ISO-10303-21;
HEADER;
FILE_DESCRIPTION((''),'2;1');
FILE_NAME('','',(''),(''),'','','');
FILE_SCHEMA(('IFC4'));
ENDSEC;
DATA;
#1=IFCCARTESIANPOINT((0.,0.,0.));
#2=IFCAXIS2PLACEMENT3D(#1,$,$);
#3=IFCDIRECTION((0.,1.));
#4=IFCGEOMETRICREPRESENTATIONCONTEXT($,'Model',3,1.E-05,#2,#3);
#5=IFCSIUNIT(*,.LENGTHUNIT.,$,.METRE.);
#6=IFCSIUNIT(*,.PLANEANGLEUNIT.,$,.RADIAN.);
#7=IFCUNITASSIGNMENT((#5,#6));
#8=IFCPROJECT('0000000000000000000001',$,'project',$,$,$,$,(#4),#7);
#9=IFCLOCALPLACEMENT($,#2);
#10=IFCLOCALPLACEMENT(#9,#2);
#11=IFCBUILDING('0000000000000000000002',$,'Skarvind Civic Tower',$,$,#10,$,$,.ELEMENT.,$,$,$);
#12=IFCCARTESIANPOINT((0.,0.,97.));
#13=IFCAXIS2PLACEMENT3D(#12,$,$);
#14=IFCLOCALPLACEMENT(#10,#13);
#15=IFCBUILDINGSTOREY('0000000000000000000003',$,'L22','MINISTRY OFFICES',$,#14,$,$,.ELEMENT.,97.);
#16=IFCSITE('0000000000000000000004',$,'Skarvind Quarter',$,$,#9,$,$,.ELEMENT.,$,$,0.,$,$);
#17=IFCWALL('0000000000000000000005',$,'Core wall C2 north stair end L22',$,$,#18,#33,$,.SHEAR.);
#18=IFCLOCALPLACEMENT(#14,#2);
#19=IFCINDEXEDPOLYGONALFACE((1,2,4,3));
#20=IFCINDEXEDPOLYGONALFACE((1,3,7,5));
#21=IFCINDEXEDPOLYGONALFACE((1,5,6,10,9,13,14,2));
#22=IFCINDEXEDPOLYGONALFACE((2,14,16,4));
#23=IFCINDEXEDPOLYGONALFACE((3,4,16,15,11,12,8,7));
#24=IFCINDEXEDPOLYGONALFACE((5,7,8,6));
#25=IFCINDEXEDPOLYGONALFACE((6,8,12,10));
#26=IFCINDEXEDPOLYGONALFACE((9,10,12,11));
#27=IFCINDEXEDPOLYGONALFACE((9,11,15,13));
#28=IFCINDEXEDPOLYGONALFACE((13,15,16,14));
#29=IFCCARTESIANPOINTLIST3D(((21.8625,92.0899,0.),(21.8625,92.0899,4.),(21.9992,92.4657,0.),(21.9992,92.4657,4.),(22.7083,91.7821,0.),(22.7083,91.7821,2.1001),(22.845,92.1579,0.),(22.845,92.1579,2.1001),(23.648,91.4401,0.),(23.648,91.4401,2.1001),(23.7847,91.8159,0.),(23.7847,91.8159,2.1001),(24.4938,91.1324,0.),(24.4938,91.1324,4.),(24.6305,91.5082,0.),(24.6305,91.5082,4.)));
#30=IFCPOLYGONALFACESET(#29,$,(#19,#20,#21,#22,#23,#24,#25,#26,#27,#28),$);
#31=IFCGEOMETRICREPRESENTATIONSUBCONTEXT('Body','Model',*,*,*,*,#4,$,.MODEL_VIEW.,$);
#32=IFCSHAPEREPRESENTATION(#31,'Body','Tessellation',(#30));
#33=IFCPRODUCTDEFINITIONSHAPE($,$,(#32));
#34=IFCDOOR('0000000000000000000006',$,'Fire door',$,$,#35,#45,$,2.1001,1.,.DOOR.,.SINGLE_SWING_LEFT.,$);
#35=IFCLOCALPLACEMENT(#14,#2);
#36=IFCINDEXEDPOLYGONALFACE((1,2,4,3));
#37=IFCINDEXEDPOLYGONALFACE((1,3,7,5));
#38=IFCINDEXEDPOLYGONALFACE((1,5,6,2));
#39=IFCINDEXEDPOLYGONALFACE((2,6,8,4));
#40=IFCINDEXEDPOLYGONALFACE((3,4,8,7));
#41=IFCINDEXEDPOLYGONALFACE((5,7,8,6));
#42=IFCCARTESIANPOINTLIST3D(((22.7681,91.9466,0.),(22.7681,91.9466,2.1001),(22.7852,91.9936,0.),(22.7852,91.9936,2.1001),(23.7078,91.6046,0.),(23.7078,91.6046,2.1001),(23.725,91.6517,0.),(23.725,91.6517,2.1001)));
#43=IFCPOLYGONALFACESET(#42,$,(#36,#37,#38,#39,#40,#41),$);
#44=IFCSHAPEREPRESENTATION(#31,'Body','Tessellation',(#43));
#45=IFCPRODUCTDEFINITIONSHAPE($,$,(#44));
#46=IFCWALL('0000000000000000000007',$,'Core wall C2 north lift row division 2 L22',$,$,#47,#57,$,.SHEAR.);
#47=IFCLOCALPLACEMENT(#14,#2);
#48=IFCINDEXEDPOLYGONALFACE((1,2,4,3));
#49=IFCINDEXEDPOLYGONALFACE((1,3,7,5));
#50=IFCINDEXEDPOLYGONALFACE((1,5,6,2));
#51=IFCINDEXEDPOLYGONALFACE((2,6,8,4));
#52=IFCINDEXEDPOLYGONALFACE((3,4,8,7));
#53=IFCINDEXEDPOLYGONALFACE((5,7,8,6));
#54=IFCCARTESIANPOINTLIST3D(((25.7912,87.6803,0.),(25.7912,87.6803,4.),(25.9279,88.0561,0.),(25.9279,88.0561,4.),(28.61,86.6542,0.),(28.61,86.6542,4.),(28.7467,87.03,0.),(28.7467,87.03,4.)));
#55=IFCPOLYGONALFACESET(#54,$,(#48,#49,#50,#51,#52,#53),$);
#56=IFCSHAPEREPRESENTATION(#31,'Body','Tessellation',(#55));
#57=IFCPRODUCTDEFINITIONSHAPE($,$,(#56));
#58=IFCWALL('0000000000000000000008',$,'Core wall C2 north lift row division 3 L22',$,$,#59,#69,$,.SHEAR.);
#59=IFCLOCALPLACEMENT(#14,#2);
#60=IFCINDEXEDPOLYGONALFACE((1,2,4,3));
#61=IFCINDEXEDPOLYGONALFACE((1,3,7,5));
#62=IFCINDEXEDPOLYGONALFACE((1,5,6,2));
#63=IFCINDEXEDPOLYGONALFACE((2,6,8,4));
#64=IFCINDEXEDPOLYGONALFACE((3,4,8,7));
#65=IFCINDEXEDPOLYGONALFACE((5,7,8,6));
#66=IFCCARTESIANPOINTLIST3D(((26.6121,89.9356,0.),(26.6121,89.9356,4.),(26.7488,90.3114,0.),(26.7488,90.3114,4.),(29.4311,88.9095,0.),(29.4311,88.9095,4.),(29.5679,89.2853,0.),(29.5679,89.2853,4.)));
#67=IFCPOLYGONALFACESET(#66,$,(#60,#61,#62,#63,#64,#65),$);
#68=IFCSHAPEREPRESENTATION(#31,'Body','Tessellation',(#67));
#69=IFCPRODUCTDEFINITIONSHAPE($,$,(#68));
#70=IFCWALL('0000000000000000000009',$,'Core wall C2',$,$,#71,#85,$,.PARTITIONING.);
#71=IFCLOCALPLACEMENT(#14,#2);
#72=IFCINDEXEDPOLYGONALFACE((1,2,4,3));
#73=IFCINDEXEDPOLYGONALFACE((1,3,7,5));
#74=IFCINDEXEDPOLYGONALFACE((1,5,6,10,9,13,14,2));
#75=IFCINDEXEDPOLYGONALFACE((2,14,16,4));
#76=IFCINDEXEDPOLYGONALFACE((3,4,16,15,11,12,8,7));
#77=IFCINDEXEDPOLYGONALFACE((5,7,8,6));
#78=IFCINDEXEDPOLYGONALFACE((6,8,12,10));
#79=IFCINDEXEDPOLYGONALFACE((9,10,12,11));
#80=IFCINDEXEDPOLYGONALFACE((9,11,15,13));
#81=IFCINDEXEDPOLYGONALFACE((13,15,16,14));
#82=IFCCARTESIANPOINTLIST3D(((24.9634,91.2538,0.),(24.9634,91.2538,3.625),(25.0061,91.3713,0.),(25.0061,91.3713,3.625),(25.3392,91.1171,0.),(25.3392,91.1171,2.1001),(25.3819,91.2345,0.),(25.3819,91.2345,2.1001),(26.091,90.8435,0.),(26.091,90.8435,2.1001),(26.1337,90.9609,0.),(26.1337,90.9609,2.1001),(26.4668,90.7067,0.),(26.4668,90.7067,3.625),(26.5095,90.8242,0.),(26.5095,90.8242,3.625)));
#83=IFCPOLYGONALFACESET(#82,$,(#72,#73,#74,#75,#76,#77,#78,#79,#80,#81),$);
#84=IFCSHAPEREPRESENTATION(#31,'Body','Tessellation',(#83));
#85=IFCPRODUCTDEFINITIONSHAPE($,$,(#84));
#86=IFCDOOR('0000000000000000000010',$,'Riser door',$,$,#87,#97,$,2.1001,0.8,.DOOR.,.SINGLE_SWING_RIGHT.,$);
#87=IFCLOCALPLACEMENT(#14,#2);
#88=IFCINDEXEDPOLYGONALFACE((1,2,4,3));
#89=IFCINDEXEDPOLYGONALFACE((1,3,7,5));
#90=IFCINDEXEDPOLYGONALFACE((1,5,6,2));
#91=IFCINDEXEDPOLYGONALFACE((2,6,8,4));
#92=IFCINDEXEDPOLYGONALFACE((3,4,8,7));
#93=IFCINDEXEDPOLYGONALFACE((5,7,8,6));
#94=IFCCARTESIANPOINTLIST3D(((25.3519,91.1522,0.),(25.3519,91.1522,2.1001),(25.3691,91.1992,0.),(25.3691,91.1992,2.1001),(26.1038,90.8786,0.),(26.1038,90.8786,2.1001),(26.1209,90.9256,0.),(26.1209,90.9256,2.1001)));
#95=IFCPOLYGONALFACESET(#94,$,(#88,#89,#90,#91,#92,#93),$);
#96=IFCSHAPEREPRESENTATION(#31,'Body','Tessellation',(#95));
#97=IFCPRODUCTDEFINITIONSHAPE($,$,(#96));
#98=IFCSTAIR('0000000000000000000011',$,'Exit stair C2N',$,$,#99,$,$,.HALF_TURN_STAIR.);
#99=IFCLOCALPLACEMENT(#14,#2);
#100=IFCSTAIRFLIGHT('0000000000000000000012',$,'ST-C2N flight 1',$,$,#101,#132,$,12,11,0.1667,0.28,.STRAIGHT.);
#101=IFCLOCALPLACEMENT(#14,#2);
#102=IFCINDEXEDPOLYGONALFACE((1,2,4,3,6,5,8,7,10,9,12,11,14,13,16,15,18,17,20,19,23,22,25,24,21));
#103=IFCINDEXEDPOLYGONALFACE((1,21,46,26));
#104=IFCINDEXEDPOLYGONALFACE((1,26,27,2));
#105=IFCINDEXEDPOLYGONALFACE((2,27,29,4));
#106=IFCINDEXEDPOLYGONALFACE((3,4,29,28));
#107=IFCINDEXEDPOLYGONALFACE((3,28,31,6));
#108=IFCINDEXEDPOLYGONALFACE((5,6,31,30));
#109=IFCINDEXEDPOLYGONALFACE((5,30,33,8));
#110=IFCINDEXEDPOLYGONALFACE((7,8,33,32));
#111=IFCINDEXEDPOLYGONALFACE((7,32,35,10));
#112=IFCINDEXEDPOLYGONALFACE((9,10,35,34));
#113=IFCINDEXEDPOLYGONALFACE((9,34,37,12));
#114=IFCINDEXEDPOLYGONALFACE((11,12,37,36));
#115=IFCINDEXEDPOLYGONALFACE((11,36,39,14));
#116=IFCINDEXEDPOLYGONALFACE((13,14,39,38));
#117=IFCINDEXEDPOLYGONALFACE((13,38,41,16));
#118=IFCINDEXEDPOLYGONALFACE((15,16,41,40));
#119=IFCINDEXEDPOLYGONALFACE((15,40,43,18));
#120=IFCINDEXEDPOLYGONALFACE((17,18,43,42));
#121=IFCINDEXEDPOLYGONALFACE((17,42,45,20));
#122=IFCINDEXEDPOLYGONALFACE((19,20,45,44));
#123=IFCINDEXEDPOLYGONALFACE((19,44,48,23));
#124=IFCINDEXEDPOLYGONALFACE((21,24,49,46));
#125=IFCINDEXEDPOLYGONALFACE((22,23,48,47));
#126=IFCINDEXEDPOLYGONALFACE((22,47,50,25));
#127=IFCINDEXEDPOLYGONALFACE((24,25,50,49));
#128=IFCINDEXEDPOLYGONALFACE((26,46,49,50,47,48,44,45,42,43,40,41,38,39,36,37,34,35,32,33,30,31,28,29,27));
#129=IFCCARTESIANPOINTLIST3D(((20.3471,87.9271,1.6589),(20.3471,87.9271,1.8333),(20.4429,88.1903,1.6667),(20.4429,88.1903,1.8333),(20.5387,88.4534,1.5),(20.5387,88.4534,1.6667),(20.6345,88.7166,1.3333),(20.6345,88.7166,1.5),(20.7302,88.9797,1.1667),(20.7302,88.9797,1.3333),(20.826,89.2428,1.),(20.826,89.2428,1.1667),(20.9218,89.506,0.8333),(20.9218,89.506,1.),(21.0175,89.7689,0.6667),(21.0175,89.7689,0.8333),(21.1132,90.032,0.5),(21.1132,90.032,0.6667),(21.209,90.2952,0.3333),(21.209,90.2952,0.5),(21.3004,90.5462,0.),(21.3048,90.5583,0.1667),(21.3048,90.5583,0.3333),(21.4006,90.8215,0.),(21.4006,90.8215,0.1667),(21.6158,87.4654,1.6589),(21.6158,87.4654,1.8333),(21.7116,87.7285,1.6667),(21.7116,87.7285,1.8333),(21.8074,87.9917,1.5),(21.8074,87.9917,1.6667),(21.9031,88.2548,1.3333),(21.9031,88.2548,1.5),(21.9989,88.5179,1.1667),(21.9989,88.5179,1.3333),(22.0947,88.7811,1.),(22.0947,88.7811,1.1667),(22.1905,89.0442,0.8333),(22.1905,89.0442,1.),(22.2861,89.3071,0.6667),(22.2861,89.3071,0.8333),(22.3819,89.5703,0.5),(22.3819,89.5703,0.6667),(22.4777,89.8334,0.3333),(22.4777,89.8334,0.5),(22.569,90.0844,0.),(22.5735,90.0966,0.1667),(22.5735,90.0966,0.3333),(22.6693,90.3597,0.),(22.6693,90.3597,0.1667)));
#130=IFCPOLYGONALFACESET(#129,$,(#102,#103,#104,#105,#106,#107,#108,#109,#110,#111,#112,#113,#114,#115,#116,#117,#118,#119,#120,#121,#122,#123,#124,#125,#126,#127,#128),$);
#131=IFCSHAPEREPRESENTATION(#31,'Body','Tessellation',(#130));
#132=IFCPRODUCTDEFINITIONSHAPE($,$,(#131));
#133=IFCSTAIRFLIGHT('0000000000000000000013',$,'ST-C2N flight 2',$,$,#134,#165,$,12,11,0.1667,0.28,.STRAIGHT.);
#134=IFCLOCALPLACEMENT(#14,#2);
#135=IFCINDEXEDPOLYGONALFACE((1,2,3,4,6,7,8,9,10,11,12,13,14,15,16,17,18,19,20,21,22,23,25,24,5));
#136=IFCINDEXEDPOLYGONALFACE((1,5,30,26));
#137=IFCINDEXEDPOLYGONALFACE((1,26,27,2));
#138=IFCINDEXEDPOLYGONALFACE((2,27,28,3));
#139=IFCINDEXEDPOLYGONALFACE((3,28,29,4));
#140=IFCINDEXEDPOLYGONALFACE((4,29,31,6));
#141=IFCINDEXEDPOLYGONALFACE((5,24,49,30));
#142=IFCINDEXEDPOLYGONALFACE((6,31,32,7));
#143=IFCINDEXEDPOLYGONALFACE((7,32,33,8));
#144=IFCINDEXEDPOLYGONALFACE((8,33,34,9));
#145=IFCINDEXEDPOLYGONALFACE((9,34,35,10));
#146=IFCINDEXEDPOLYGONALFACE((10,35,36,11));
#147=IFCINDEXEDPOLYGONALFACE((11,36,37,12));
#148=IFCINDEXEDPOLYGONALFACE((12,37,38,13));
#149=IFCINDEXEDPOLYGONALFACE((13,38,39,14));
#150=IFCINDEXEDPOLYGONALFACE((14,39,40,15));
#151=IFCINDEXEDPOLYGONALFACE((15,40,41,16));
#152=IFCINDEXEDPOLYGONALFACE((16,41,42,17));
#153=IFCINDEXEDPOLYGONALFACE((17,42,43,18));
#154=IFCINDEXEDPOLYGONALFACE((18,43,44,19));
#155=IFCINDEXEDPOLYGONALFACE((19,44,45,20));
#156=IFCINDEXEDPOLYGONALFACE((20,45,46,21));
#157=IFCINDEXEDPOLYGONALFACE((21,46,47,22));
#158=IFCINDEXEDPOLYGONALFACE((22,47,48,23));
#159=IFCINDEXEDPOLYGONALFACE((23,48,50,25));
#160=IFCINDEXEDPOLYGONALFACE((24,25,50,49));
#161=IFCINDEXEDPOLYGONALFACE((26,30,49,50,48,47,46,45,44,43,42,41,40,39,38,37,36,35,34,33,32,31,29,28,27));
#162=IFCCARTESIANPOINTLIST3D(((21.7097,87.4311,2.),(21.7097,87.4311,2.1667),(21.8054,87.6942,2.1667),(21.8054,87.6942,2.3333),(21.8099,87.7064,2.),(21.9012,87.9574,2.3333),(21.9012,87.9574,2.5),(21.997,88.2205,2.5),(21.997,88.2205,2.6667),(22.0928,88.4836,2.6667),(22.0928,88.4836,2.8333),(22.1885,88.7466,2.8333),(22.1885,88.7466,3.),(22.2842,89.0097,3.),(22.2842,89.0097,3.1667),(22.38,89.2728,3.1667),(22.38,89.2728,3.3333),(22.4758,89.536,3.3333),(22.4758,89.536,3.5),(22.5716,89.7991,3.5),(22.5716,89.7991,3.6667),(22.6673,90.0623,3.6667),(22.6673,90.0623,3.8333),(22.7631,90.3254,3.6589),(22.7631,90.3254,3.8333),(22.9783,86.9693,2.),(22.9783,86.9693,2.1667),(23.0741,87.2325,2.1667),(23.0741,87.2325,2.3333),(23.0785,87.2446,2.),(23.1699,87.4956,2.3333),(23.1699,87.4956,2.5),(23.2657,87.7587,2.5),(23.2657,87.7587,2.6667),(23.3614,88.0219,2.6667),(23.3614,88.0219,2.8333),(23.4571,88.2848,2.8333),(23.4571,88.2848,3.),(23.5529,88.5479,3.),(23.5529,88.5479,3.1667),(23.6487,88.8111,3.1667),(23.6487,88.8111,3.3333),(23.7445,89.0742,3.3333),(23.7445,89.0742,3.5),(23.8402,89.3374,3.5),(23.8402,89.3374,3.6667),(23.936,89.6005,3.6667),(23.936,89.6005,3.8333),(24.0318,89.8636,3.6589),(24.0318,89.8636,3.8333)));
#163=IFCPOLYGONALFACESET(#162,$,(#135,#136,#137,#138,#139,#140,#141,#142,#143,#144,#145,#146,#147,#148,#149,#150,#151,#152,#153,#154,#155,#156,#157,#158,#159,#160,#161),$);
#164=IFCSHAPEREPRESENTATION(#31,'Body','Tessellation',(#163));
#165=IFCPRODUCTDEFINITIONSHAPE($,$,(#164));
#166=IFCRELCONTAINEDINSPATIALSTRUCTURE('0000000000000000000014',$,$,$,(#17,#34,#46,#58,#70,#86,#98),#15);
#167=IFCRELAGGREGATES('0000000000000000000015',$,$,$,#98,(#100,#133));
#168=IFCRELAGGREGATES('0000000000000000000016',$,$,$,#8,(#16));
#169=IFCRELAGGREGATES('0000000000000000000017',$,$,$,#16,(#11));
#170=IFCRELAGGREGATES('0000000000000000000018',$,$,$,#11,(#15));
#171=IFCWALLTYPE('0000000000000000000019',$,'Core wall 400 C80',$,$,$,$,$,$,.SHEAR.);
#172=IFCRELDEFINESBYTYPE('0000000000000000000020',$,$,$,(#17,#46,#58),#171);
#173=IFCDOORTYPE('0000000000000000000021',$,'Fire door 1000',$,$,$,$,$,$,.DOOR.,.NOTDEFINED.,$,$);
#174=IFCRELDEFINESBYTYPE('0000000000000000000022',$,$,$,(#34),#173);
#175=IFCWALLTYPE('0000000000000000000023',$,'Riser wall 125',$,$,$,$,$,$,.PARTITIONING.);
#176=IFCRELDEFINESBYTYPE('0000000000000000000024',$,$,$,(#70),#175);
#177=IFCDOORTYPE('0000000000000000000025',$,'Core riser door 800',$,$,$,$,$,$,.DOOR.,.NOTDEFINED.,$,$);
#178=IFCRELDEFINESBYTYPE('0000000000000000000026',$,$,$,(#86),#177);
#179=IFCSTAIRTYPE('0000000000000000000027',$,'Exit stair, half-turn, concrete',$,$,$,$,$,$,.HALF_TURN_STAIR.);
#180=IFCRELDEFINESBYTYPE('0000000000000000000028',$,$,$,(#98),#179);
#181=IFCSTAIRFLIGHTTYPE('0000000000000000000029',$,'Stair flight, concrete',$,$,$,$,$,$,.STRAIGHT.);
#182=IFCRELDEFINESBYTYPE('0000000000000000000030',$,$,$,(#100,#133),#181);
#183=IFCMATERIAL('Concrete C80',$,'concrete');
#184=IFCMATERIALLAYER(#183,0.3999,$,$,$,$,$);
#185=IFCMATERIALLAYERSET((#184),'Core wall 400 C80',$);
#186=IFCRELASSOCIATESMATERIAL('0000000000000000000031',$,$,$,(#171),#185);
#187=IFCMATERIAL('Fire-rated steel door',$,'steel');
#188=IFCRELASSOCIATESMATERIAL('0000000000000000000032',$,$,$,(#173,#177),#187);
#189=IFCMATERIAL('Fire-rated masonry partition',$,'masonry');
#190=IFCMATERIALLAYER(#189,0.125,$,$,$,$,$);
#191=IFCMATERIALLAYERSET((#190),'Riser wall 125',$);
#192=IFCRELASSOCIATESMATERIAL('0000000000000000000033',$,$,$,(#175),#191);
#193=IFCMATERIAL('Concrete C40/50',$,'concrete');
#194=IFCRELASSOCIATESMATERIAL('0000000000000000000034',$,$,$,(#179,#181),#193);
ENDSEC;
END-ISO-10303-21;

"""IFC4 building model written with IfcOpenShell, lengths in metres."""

from ifc_helpers import new_model, si_unit, direction, frame, frame_2d, origin, place, context, subcontext, project, spatial, polyline, rectangle, outline, extrude, material, layer, layer_set, type_object, element, fill, aggregate, save


model = new_model("IFC4")

# Units and contexts
model_context = context("Model", 3, precision=1e-05, world=origin(), true_north=direction((0.0, 1.0)))
body_context = subcontext(model_context, "Body", "Model", "MODEL_VIEW")
ifc_project = project(units=[si_unit("LENGTHUNIT", "METRE"), si_unit("PLANEANGLEUNIT", "RADIAN")], contexts=[model_context])

# Site, building, storey
site_placement = place(None, origin())
site = spatial("IfcSite", under=ifc_project, at=site_placement, Name="Skarvind Quarter", CompositionType="ELEMENT", RefElevation=0.0)
building_placement = place(site_placement, origin())
building = spatial("IfcBuilding", under=site, at=building_placement, Name="Skarvind Civic Tower", CompositionType="ELEMENT")
storey_placement = place(building_placement, frame((0.0, 0.0, 97.0)))
storey = spatial("IfcBuildingStorey", under=building, at=storey_placement, Name="L22", Description="MINISTRY OFFICES", CompositionType="ELEMENT", Elevation=97.0)

# Wall, opening, door
ifc_material_1 = material(Name="Concrete C80", Category="concrete")
ifc_layer_1 = layer(ifc_material_1, 0.3999)
ifc_layer_set_1 = layer_set([ifc_layer_1], Name="Core wall 400 C80")
wall_type_1 = type_object("IfcWallType", Name="Core wall 400 C80", PredefinedType="SHEAR", material=ifc_layer_set_1)
wall_1_placement = place(storey_placement, frame((24.562, 91.3203, 0.0), z_axis=(0.0, 0.0, 1.0), x_axis=(-0.939717, 0.341953, 0.0)))
wall_1 = element("IfcWall", 1, at=wall_1_placement, inside=storey, type_object=wall_type_1, Name="Core wall C2 north stair end L22", PredefinedType="SHEAR", context=body_context, shape_type="SweptSolid", body=[
    extrude(rectangle(XDim=2.8, YDim=0.3999, at=frame_2d((1.3999, 0.0))), origin(), (0.0, 0.0, 1.0), 4.0),
])
opening_1_placement = place(wall_1_placement, frame((0.8999, 0.0, 0.0)))
opening_1 = element("IfcOpeningElement", 2, at=opening_1_placement, cuts=wall_1, PredefinedType="OPENING", context=body_context, shape_type="SweptSolid", body=[
    extrude(rectangle(XDim=1.0, YDim=2.1001, at=frame_2d((0.5, 1.05))), frame((0.0, 0.21, 0.0), z_axis=(0.0, -1.0, 0.0), x_axis=(1.0, 0.0, 0.0)), (0.0, 0.0, 1.0), 0.4199),
])
ifc_material_2 = material(Name="Fire-rated steel door", Category="steel")
door_type_1 = type_object("IfcDoorType", Name="Fire door 1000", OperationType="NOTDEFINED", PredefinedType="DOOR", material=ifc_material_2)
door_1_placement = place(opening_1_placement, origin())
door_1 = element("IfcDoor", 3, at=door_1_placement, inside=storey, type_object=door_type_1, Name="Fire door", OperationType="SINGLE_SWING_LEFT", OverallHeight=2.1001, OverallWidth=1.0, PredefinedType="DOOR", context=body_context, shape_type="SweptSolid", body=[
    extrude(rectangle(XDim=1.0, YDim=2.1001, at=frame_2d((0.5, 1.05))), frame((0.0, 0.0249, 0.0), z_axis=(0.0, -1.0, 0.0), x_axis=(1.0, 0.0, 0.0)), (0.0, 0.0, 1.0), 0.05),
])
fill(opening_1, door_1)

# Walls
wall_2_placement = place(storey_placement, frame((28.6785, 86.842, 0.0), z_axis=(0.0, 0.0, 1.0), x_axis=(-0.939677, 0.342063, 0.0)))
element("IfcWall", 4, at=wall_2_placement, inside=storey, type_object=wall_type_1, Name="Core wall C2 north lift row division 2 L22", PredefinedType="SHEAR", context=body_context, shape_type="SweptSolid", body=[
    extrude(rectangle(XDim=2.9998, YDim=0.3999, at=frame_2d((1.5, 0.0))), origin(), (0.0, 0.0, 1.0), 4.0),
])
wall_3_placement = place(storey_placement, frame((29.4995, 89.0974, 0.0), z_axis=(0.0, 0.0, 1.0), x_axis=(-0.939686, 0.342037, 0.0)))
element("IfcWall", 5, at=wall_3_placement, inside=storey, type_object=wall_type_1, Name="Core wall C2 north lift row division 3 L22", PredefinedType="SHEAR", context=body_context, shape_type="SweptSolid", body=[
    extrude(rectangle(XDim=3.0, YDim=0.3999, at=frame_2d((1.5, 0.0))), origin(), (0.0, 0.0, 1.0), 4.0),
])

# Wall, opening, door
ifc_material_3 = material(Name="Fire-rated masonry partition", Category="masonry")
ifc_layer_2 = layer(ifc_material_3, 0.125)
ifc_layer_set_2 = layer_set([ifc_layer_2], Name="Riser wall 125")
wall_type_2 = type_object("IfcWallType", Name="Riser wall 125", PredefinedType="PARTITIONING", material=ifc_layer_set_2)
wall_4_placement = place(storey_placement, frame((24.9849, 91.3125, 0.0), z_axis=(0.0, 0.0, 1.0), x_axis=(0.939709, -0.341976, 0.0)))
wall_4 = element("IfcWall", 6, at=wall_4_placement, inside=storey, type_object=wall_type_2, Name="Core wall C2", PredefinedType="PARTITIONING", context=body_context, shape_type="SweptSolid", body=[
    extrude(rectangle(XDim=1.5999, YDim=0.125, at=frame_2d((0.7998, 0.0))), origin(), (0.0, 0.0, 1.0), 3.625),
])
opening_2_placement = place(wall_4_placement, frame((0.3999, 0.0, 0.0)))
opening_2 = element("IfcOpeningElement", 7, at=opening_2_placement, cuts=wall_4, PredefinedType="OPENING", context=body_context, shape_type="SweptSolid", body=[
    extrude(rectangle(XDim=0.8, YDim=2.1001, at=frame_2d((0.3999, 1.05))), frame((0.0, 0.0725, 0.0), z_axis=(0.0, -1.0, 0.0), x_axis=(1.0, 0.0, 0.0)), (0.0, 0.0, 1.0), 0.145),
])
door_type_2 = type_object("IfcDoorType", Name="Core riser door 800", OperationType="NOTDEFINED", PredefinedType="DOOR", material=ifc_material_2)
door_2_placement = place(opening_2_placement, origin())
door_2 = element("IfcDoor", 8, at=door_2_placement, inside=storey, type_object=door_type_2, Name="Riser door", OperationType="SINGLE_SWING_RIGHT", OverallHeight=2.1001, OverallWidth=0.8, PredefinedType="DOOR", context=body_context, shape_type="SweptSolid", body=[
    extrude(rectangle(XDim=0.8, YDim=2.1001, at=frame_2d((0.3999, 1.05))), frame((0.0, 0.0249, 0.0), z_axis=(0.0, -1.0, 0.0), x_axis=(1.0, 0.0, 0.0)), (0.0, 0.0, 1.0), 0.05),
])
fill(opening_2, door_2)

# Stair, stair flights
ifc_material_4 = material(Name="Concrete C40/50", Category="concrete")
stair_type = type_object("IfcStairType", Name="Exit stair, half-turn, concrete", PredefinedType="HALF_TURN_STAIR", material=ifc_material_4)
stair_placement = place(storey_placement, origin())
stair = element("IfcStair", 9, at=stair_placement, inside=storey, type_object=stair_type, Name="Exit stair C2N", PredefinedType="HALF_TURN_STAIR")
stair_flight_type = type_object("IfcStairFlightType", Name="Stair flight, concrete", PredefinedType="STRAIGHT", material=ifc_material_4)
stair_flight_1_placement = place(storey_placement, frame((22.0349, 90.5906, 0.0), z_axis=(0.0, 0.0, 1.0), x_axis=(-0.34202, -0.939693, 0.0)))
stair_flight_1 = element("IfcStairFlight", 10, at=stair_flight_1_placement, type_object=stair_flight_type, Name="ST-C2N flight 1", NumberOfRisers=12, NumberOfTreads=11, PredefinedType="STRAIGHT", RiserHeight=0.1667, TreadLength=0.28, context=body_context, shape_type="SweptSolid", body=[
    extrude(outline(polyline([(0.0, 0.0), (0.0, 0.1667), (0.28, 0.1667), (0.28, 0.3333), (0.5601, 0.3333), (0.5601, 0.5), (0.8401, 0.5), (0.8401, 0.6667), (1.1201, 0.6667), (1.1201, 0.8333), (1.3999, 0.8333), (1.3999, 1.0), (1.6799, 1.0), (1.6799, 1.1667), (1.96, 1.1667), (1.96, 1.3333), (2.24, 1.3333), (2.24, 1.5), (2.52, 1.5), (2.52, 1.6667), (2.8, 1.6667), (2.8, 1.8333), (3.0801, 1.8333), (3.0801, 2.0), (3.0801, 1.6589), (0.293, 0.0), (0.0, 0.0)])), frame((0.0, 0.675, 0.0), z_axis=(0.0, -1.0, 0.0), x_axis=(1.0, 0.0, 0.0)), (0.0, 0.0, 1.0), 1.3501),
])
stair_flight_2_placement = place(storey_placement, frame((22.344, 87.2002, 2.0), z_axis=(0.0, 0.0, 1.0), x_axis=(0.34202, 0.939693, 0.0)))
stair_flight_2 = element("IfcStairFlight", 11, at=stair_flight_2_placement, type_object=stair_flight_type, Name="ST-C2N flight 2", NumberOfRisers=12, NumberOfTreads=11, PredefinedType="STRAIGHT", RiserHeight=0.1667, TreadLength=0.28, context=body_context, shape_type="SweptSolid", body=[
    extrude(outline(polyline([(0.0, 0.0), (0.0, 0.1667), (0.28, 0.1667), (0.28, 0.3333), (0.5601, 0.3333), (0.5601, 0.5), (0.8401, 0.5), (0.8401, 0.6667), (1.1201, 0.6667), (1.1201, 0.8333), (1.3999, 0.8333), (1.3999, 1.0), (1.6799, 1.0), (1.6799, 1.1667), (1.96, 1.1667), (1.96, 1.3333), (2.24, 1.3333), (2.24, 1.5), (2.52, 1.5), (2.52, 1.6667), (2.8, 1.6667), (2.8, 1.8333), (3.0801, 1.8333), (3.0801, 2.0), (3.0801, 1.6589), (0.293, 0.0), (0.0, 0.0)])), frame((0.0, 0.675, 0.0), z_axis=(0.0, -1.0, 0.0), x_axis=(1.0, 0.0, 0.0)), (0.0, 0.0, 1.0), 1.3501),
])
aggregate(stair, [stair_flight_1, stair_flight_2])

save(model, "model.ifc")
